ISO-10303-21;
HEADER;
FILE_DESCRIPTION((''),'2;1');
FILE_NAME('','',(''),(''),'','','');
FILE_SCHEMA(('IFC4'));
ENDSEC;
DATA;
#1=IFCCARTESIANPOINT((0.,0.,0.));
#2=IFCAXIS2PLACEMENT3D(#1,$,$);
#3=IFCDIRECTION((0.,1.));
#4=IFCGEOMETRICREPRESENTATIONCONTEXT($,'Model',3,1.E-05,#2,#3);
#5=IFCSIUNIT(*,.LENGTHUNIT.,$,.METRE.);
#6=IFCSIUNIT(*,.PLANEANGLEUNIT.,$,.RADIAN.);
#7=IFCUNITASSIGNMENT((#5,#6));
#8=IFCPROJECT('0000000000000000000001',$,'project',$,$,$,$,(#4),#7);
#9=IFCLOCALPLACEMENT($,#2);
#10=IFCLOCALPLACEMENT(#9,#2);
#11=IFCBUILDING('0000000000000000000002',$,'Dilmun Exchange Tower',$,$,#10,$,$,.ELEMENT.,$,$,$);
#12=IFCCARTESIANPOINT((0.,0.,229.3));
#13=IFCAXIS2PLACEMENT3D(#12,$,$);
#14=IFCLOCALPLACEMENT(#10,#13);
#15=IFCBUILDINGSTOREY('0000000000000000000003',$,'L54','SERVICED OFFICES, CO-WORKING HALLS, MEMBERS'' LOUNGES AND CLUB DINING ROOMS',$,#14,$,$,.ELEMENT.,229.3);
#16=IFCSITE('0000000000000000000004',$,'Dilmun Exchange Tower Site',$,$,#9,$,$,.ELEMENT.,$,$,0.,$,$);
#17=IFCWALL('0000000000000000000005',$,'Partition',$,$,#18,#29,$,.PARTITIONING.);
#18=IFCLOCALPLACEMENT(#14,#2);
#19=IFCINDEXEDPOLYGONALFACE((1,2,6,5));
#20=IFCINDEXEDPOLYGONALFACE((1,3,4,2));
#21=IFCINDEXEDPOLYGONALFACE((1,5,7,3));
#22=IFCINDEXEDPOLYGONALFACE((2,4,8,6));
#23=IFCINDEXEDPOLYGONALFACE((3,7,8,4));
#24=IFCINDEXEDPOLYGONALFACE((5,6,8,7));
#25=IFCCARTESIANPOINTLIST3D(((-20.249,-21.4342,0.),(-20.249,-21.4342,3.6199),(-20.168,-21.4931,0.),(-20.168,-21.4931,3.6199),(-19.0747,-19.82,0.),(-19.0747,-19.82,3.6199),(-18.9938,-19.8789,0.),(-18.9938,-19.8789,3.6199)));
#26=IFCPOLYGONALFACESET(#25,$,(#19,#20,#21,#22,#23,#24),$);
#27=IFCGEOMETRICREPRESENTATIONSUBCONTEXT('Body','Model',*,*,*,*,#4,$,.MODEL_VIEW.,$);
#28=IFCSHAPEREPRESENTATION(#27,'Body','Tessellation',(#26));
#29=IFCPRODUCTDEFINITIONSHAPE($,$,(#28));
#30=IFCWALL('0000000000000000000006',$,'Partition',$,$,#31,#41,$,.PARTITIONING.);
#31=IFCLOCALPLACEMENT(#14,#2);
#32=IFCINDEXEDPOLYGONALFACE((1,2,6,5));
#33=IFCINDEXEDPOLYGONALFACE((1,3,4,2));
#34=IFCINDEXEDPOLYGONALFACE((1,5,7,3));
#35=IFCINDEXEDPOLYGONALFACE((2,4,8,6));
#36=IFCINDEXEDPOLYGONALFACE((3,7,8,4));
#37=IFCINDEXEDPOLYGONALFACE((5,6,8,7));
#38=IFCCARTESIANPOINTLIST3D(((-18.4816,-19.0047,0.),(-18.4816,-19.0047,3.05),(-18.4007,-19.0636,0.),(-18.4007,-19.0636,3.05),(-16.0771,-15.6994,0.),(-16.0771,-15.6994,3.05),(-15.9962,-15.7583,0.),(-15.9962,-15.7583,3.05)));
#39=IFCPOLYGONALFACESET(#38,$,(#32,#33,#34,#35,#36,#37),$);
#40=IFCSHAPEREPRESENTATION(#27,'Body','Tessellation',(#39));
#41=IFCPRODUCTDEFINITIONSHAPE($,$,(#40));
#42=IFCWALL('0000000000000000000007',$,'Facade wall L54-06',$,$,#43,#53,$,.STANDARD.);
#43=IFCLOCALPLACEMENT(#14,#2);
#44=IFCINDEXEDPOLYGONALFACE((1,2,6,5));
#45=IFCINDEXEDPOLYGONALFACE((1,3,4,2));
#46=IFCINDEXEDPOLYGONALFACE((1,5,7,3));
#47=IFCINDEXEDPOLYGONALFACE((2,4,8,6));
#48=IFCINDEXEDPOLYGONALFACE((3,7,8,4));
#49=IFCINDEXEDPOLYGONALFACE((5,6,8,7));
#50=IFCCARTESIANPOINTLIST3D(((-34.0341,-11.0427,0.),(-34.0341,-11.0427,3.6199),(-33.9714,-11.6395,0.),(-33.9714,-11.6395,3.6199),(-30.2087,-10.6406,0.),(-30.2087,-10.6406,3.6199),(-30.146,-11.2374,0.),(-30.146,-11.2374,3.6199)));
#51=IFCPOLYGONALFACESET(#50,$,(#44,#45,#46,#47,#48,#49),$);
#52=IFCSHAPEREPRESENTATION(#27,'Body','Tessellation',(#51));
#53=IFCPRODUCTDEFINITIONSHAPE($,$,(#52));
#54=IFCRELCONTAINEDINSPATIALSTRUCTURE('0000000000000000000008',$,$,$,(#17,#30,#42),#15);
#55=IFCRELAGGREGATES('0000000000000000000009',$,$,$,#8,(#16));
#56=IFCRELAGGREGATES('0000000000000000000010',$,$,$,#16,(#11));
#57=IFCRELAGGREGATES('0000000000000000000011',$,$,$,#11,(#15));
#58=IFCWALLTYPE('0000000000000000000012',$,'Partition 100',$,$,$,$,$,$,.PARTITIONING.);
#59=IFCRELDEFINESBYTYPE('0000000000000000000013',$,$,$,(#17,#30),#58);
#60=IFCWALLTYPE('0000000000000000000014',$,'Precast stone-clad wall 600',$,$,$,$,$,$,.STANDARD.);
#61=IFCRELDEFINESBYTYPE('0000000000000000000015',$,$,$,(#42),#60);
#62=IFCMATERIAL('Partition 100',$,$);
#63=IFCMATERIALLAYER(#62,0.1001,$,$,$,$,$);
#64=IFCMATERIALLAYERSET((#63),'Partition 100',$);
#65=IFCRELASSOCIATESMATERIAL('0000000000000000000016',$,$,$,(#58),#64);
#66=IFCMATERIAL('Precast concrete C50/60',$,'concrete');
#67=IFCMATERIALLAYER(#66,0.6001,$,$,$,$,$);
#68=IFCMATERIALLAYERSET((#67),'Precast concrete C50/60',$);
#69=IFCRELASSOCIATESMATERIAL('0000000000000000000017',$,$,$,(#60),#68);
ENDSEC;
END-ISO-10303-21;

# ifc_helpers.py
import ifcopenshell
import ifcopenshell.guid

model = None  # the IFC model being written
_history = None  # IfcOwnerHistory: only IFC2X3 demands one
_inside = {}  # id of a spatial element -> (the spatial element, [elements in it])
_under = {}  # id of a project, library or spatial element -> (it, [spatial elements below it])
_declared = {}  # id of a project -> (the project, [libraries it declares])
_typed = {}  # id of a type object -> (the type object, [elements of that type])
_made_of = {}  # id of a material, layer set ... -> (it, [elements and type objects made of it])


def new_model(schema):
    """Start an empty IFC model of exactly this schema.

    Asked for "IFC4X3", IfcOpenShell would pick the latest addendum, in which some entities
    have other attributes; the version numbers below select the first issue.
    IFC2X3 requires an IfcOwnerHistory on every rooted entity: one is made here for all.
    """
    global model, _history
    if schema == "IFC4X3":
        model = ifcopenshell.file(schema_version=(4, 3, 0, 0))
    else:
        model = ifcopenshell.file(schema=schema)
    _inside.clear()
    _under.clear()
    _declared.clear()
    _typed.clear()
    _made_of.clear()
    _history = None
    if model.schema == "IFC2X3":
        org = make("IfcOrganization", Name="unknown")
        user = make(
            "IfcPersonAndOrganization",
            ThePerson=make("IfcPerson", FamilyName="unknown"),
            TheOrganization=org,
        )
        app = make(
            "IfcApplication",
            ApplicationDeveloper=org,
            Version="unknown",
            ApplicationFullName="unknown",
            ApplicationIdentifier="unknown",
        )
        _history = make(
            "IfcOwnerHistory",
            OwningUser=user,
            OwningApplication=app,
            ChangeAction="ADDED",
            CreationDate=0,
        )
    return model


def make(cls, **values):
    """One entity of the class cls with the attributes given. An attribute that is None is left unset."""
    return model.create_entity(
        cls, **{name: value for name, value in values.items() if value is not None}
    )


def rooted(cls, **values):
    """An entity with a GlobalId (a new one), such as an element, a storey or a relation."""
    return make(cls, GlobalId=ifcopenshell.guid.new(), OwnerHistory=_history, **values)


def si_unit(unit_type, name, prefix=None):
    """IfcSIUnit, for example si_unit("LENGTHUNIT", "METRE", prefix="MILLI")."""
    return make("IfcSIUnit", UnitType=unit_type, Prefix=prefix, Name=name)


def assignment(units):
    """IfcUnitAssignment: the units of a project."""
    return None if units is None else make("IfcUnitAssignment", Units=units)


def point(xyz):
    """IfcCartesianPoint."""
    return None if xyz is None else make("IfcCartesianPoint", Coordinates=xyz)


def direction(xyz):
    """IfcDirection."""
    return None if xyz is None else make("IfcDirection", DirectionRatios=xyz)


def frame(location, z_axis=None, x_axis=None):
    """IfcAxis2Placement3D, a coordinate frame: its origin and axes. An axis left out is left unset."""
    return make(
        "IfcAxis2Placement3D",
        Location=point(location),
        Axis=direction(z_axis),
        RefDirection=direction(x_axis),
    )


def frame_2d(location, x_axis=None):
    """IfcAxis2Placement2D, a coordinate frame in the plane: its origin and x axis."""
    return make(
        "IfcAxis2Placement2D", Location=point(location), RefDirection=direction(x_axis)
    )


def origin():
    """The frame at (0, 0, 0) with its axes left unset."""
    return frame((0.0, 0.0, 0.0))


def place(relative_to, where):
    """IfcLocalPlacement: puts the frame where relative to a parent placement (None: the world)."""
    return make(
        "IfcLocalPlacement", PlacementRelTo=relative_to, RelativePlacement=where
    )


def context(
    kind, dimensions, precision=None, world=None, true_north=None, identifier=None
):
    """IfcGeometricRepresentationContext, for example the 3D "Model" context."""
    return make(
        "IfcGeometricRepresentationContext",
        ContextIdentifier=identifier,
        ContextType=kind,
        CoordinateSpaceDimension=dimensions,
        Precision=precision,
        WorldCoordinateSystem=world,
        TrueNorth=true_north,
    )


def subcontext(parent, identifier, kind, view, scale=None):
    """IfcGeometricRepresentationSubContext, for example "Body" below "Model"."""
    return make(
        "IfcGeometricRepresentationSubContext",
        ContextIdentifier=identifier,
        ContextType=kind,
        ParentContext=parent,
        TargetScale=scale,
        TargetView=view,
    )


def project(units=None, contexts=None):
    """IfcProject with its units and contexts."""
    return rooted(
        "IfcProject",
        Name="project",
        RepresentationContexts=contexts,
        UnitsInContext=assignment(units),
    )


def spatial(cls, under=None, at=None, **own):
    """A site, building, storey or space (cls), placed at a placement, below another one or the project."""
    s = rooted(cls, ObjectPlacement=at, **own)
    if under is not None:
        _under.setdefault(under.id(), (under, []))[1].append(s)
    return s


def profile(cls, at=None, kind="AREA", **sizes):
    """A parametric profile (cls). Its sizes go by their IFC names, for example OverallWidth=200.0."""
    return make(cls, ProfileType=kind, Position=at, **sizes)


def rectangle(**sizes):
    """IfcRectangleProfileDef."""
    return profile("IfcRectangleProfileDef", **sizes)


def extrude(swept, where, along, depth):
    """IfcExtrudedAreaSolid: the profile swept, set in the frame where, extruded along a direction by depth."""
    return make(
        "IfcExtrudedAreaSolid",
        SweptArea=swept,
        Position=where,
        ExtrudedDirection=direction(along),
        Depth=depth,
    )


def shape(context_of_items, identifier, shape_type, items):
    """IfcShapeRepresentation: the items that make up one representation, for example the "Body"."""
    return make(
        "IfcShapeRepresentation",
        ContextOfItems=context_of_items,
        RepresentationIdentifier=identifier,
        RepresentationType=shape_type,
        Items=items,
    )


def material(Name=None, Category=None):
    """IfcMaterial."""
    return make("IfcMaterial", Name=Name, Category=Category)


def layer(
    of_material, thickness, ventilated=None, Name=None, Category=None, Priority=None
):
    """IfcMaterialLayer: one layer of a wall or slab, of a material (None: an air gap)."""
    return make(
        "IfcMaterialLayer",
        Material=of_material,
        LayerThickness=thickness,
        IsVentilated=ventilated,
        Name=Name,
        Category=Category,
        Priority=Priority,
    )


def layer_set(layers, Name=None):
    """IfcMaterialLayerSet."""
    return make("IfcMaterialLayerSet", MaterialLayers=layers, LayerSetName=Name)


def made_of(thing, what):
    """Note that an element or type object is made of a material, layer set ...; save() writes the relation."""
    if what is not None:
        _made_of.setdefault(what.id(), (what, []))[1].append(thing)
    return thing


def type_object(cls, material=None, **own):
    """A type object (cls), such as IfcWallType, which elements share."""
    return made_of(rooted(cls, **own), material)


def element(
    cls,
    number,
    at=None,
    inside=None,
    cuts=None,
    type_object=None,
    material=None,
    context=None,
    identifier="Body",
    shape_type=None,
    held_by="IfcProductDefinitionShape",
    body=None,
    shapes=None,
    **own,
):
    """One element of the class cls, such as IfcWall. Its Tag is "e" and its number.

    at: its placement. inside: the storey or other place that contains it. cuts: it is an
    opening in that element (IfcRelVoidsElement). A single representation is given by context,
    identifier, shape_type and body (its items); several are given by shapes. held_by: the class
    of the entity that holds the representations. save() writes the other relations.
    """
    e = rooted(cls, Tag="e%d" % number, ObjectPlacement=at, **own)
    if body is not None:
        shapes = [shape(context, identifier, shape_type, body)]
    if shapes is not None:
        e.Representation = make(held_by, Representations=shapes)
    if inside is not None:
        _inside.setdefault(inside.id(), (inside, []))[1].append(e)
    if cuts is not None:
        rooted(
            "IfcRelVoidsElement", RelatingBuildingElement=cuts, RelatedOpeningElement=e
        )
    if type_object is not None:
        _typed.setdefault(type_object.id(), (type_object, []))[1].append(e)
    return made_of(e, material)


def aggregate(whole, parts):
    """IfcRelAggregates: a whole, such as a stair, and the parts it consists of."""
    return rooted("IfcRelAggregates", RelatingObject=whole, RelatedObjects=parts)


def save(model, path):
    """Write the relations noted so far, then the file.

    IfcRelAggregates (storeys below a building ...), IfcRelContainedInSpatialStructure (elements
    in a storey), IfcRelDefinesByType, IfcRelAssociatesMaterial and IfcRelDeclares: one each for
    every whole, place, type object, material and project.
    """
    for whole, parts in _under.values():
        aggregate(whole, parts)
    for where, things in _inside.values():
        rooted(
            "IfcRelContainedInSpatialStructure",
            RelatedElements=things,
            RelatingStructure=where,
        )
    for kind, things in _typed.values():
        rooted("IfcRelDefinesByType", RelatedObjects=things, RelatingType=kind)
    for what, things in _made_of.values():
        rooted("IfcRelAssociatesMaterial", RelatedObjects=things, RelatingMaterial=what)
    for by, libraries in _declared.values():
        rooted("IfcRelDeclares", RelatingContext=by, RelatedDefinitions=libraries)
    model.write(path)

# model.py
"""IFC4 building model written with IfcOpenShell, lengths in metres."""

from ifc_helpers import new_model, si_unit, direction, frame, frame_2d, origin, place, context, subcontext, project, spatial, rectangle, extrude, material, layer, layer_set, type_object, element, save


model = new_model("IFC4")

# Units and contexts
model_context = context("Model", 3, precision=1e-05, world=origin(), true_north=direction((0.0, 1.0)))
body_context = subcontext(model_context, "Body", "Model", "MODEL_VIEW")
ifc_project = project(units=[si_unit("LENGTHUNIT", "METRE"), si_unit("PLANEANGLEUNIT", "RADIAN")], contexts=[model_context])

# Site, building, storey
site_placement = place(None, origin())
site = spatial("IfcSite", under=ifc_project, at=site_placement, Name="Dilmun Exchange Tower Site", CompositionType="ELEMENT", RefElevation=0.0)
building_placement = place(site_placement, origin())
building = spatial("IfcBuilding", under=site, at=building_placement, Name="Dilmun Exchange Tower", CompositionType="ELEMENT")
storey_placement = place(building_placement, frame((0.0, 0.0, 229.3)))
storey = spatial("IfcBuildingStorey", under=building, at=storey_placement, Name="L54", Description="SERVICED OFFICES, CO-WORKING HALLS, MEMBERS' LOUNGES AND CLUB DINING ROOMS", CompositionType="ELEMENT", Elevation=229.3)

# Walls
ifc_material_1 = material(Name="Partition 100")
ifc_layer_1 = layer(ifc_material_1, 0.1001)
ifc_layer_set_1 = layer_set([ifc_layer_1], Name="Partition 100")
wall_type_1 = type_object("IfcWallType", Name="Partition 100", PredefinedType="PARTITIONING", material=ifc_layer_set_1)
wall_1_placement = place(storey_placement, frame((-20.2085, -21.4636, 0.0), z_axis=(0.0, 0.0, 1.0), x_axis=(0.588274, 0.808662, 0.0)))
element("IfcWall", 1, at=wall_1_placement, inside=storey, type_object=wall_type_1, Name="Partition", PredefinedType="PARTITIONING", context=body_context, shape_type="SweptSolid", body=[
    extrude(rectangle(XDim=1.9961, YDim=0.1001, at=frame_2d((0.998, 0.0))), origin(), (0.0, 0.0, 1.0), 3.6199),
])
wall_2_placement = place(storey_placement, frame((-18.4412, -19.0342, 0.0), z_axis=(0.0, 0.0, 1.0), x_axis=(0.588268, 0.808666, 0.0)))
element("IfcWall", 2, at=wall_2_placement, inside=storey, type_object=wall_type_1, Name="Partition", PredefinedType="PARTITIONING", context=body_context, shape_type="SweptSolid", body=[
    extrude(rectangle(XDim=4.0874, YDim=0.1001, at=frame_2d((2.0437, 0.0))), origin(), (0.0, 0.0, 1.0), 3.05),
])
ifc_material_2 = material(Name="Precast concrete C50/60", Category="concrete")
ifc_layer_2 = layer(ifc_material_2, 0.6001)
ifc_layer_set_2 = layer_set([ifc_layer_2], Name="Precast concrete C50/60")
wall_type_2 = type_object("IfcWallType", Name="Precast stone-clad wall 600", PredefinedType="STANDARD", material=ifc_layer_set_2)
wall_3_placement = place(storey_placement, frame((-30.1772, -10.939, 0.0), z_axis=(0.0, 0.0, 1.0), x_axis=(-0.994521, -0.104536, 0.0)))
element("IfcWall", 3, at=wall_3_placement, inside=storey, type_object=wall_type_2, Name="Facade wall L54-06", PredefinedType="STANDARD", context=body_context, shape_type="SweptSolid", body=[
    extrude(rectangle(XDim=3.8464, YDim=0.6001, at=frame_2d((1.9233, 0.0))), origin(), (0.0, 0.0, 1.0), 3.6199),
])

save(model, "model.ifc")
